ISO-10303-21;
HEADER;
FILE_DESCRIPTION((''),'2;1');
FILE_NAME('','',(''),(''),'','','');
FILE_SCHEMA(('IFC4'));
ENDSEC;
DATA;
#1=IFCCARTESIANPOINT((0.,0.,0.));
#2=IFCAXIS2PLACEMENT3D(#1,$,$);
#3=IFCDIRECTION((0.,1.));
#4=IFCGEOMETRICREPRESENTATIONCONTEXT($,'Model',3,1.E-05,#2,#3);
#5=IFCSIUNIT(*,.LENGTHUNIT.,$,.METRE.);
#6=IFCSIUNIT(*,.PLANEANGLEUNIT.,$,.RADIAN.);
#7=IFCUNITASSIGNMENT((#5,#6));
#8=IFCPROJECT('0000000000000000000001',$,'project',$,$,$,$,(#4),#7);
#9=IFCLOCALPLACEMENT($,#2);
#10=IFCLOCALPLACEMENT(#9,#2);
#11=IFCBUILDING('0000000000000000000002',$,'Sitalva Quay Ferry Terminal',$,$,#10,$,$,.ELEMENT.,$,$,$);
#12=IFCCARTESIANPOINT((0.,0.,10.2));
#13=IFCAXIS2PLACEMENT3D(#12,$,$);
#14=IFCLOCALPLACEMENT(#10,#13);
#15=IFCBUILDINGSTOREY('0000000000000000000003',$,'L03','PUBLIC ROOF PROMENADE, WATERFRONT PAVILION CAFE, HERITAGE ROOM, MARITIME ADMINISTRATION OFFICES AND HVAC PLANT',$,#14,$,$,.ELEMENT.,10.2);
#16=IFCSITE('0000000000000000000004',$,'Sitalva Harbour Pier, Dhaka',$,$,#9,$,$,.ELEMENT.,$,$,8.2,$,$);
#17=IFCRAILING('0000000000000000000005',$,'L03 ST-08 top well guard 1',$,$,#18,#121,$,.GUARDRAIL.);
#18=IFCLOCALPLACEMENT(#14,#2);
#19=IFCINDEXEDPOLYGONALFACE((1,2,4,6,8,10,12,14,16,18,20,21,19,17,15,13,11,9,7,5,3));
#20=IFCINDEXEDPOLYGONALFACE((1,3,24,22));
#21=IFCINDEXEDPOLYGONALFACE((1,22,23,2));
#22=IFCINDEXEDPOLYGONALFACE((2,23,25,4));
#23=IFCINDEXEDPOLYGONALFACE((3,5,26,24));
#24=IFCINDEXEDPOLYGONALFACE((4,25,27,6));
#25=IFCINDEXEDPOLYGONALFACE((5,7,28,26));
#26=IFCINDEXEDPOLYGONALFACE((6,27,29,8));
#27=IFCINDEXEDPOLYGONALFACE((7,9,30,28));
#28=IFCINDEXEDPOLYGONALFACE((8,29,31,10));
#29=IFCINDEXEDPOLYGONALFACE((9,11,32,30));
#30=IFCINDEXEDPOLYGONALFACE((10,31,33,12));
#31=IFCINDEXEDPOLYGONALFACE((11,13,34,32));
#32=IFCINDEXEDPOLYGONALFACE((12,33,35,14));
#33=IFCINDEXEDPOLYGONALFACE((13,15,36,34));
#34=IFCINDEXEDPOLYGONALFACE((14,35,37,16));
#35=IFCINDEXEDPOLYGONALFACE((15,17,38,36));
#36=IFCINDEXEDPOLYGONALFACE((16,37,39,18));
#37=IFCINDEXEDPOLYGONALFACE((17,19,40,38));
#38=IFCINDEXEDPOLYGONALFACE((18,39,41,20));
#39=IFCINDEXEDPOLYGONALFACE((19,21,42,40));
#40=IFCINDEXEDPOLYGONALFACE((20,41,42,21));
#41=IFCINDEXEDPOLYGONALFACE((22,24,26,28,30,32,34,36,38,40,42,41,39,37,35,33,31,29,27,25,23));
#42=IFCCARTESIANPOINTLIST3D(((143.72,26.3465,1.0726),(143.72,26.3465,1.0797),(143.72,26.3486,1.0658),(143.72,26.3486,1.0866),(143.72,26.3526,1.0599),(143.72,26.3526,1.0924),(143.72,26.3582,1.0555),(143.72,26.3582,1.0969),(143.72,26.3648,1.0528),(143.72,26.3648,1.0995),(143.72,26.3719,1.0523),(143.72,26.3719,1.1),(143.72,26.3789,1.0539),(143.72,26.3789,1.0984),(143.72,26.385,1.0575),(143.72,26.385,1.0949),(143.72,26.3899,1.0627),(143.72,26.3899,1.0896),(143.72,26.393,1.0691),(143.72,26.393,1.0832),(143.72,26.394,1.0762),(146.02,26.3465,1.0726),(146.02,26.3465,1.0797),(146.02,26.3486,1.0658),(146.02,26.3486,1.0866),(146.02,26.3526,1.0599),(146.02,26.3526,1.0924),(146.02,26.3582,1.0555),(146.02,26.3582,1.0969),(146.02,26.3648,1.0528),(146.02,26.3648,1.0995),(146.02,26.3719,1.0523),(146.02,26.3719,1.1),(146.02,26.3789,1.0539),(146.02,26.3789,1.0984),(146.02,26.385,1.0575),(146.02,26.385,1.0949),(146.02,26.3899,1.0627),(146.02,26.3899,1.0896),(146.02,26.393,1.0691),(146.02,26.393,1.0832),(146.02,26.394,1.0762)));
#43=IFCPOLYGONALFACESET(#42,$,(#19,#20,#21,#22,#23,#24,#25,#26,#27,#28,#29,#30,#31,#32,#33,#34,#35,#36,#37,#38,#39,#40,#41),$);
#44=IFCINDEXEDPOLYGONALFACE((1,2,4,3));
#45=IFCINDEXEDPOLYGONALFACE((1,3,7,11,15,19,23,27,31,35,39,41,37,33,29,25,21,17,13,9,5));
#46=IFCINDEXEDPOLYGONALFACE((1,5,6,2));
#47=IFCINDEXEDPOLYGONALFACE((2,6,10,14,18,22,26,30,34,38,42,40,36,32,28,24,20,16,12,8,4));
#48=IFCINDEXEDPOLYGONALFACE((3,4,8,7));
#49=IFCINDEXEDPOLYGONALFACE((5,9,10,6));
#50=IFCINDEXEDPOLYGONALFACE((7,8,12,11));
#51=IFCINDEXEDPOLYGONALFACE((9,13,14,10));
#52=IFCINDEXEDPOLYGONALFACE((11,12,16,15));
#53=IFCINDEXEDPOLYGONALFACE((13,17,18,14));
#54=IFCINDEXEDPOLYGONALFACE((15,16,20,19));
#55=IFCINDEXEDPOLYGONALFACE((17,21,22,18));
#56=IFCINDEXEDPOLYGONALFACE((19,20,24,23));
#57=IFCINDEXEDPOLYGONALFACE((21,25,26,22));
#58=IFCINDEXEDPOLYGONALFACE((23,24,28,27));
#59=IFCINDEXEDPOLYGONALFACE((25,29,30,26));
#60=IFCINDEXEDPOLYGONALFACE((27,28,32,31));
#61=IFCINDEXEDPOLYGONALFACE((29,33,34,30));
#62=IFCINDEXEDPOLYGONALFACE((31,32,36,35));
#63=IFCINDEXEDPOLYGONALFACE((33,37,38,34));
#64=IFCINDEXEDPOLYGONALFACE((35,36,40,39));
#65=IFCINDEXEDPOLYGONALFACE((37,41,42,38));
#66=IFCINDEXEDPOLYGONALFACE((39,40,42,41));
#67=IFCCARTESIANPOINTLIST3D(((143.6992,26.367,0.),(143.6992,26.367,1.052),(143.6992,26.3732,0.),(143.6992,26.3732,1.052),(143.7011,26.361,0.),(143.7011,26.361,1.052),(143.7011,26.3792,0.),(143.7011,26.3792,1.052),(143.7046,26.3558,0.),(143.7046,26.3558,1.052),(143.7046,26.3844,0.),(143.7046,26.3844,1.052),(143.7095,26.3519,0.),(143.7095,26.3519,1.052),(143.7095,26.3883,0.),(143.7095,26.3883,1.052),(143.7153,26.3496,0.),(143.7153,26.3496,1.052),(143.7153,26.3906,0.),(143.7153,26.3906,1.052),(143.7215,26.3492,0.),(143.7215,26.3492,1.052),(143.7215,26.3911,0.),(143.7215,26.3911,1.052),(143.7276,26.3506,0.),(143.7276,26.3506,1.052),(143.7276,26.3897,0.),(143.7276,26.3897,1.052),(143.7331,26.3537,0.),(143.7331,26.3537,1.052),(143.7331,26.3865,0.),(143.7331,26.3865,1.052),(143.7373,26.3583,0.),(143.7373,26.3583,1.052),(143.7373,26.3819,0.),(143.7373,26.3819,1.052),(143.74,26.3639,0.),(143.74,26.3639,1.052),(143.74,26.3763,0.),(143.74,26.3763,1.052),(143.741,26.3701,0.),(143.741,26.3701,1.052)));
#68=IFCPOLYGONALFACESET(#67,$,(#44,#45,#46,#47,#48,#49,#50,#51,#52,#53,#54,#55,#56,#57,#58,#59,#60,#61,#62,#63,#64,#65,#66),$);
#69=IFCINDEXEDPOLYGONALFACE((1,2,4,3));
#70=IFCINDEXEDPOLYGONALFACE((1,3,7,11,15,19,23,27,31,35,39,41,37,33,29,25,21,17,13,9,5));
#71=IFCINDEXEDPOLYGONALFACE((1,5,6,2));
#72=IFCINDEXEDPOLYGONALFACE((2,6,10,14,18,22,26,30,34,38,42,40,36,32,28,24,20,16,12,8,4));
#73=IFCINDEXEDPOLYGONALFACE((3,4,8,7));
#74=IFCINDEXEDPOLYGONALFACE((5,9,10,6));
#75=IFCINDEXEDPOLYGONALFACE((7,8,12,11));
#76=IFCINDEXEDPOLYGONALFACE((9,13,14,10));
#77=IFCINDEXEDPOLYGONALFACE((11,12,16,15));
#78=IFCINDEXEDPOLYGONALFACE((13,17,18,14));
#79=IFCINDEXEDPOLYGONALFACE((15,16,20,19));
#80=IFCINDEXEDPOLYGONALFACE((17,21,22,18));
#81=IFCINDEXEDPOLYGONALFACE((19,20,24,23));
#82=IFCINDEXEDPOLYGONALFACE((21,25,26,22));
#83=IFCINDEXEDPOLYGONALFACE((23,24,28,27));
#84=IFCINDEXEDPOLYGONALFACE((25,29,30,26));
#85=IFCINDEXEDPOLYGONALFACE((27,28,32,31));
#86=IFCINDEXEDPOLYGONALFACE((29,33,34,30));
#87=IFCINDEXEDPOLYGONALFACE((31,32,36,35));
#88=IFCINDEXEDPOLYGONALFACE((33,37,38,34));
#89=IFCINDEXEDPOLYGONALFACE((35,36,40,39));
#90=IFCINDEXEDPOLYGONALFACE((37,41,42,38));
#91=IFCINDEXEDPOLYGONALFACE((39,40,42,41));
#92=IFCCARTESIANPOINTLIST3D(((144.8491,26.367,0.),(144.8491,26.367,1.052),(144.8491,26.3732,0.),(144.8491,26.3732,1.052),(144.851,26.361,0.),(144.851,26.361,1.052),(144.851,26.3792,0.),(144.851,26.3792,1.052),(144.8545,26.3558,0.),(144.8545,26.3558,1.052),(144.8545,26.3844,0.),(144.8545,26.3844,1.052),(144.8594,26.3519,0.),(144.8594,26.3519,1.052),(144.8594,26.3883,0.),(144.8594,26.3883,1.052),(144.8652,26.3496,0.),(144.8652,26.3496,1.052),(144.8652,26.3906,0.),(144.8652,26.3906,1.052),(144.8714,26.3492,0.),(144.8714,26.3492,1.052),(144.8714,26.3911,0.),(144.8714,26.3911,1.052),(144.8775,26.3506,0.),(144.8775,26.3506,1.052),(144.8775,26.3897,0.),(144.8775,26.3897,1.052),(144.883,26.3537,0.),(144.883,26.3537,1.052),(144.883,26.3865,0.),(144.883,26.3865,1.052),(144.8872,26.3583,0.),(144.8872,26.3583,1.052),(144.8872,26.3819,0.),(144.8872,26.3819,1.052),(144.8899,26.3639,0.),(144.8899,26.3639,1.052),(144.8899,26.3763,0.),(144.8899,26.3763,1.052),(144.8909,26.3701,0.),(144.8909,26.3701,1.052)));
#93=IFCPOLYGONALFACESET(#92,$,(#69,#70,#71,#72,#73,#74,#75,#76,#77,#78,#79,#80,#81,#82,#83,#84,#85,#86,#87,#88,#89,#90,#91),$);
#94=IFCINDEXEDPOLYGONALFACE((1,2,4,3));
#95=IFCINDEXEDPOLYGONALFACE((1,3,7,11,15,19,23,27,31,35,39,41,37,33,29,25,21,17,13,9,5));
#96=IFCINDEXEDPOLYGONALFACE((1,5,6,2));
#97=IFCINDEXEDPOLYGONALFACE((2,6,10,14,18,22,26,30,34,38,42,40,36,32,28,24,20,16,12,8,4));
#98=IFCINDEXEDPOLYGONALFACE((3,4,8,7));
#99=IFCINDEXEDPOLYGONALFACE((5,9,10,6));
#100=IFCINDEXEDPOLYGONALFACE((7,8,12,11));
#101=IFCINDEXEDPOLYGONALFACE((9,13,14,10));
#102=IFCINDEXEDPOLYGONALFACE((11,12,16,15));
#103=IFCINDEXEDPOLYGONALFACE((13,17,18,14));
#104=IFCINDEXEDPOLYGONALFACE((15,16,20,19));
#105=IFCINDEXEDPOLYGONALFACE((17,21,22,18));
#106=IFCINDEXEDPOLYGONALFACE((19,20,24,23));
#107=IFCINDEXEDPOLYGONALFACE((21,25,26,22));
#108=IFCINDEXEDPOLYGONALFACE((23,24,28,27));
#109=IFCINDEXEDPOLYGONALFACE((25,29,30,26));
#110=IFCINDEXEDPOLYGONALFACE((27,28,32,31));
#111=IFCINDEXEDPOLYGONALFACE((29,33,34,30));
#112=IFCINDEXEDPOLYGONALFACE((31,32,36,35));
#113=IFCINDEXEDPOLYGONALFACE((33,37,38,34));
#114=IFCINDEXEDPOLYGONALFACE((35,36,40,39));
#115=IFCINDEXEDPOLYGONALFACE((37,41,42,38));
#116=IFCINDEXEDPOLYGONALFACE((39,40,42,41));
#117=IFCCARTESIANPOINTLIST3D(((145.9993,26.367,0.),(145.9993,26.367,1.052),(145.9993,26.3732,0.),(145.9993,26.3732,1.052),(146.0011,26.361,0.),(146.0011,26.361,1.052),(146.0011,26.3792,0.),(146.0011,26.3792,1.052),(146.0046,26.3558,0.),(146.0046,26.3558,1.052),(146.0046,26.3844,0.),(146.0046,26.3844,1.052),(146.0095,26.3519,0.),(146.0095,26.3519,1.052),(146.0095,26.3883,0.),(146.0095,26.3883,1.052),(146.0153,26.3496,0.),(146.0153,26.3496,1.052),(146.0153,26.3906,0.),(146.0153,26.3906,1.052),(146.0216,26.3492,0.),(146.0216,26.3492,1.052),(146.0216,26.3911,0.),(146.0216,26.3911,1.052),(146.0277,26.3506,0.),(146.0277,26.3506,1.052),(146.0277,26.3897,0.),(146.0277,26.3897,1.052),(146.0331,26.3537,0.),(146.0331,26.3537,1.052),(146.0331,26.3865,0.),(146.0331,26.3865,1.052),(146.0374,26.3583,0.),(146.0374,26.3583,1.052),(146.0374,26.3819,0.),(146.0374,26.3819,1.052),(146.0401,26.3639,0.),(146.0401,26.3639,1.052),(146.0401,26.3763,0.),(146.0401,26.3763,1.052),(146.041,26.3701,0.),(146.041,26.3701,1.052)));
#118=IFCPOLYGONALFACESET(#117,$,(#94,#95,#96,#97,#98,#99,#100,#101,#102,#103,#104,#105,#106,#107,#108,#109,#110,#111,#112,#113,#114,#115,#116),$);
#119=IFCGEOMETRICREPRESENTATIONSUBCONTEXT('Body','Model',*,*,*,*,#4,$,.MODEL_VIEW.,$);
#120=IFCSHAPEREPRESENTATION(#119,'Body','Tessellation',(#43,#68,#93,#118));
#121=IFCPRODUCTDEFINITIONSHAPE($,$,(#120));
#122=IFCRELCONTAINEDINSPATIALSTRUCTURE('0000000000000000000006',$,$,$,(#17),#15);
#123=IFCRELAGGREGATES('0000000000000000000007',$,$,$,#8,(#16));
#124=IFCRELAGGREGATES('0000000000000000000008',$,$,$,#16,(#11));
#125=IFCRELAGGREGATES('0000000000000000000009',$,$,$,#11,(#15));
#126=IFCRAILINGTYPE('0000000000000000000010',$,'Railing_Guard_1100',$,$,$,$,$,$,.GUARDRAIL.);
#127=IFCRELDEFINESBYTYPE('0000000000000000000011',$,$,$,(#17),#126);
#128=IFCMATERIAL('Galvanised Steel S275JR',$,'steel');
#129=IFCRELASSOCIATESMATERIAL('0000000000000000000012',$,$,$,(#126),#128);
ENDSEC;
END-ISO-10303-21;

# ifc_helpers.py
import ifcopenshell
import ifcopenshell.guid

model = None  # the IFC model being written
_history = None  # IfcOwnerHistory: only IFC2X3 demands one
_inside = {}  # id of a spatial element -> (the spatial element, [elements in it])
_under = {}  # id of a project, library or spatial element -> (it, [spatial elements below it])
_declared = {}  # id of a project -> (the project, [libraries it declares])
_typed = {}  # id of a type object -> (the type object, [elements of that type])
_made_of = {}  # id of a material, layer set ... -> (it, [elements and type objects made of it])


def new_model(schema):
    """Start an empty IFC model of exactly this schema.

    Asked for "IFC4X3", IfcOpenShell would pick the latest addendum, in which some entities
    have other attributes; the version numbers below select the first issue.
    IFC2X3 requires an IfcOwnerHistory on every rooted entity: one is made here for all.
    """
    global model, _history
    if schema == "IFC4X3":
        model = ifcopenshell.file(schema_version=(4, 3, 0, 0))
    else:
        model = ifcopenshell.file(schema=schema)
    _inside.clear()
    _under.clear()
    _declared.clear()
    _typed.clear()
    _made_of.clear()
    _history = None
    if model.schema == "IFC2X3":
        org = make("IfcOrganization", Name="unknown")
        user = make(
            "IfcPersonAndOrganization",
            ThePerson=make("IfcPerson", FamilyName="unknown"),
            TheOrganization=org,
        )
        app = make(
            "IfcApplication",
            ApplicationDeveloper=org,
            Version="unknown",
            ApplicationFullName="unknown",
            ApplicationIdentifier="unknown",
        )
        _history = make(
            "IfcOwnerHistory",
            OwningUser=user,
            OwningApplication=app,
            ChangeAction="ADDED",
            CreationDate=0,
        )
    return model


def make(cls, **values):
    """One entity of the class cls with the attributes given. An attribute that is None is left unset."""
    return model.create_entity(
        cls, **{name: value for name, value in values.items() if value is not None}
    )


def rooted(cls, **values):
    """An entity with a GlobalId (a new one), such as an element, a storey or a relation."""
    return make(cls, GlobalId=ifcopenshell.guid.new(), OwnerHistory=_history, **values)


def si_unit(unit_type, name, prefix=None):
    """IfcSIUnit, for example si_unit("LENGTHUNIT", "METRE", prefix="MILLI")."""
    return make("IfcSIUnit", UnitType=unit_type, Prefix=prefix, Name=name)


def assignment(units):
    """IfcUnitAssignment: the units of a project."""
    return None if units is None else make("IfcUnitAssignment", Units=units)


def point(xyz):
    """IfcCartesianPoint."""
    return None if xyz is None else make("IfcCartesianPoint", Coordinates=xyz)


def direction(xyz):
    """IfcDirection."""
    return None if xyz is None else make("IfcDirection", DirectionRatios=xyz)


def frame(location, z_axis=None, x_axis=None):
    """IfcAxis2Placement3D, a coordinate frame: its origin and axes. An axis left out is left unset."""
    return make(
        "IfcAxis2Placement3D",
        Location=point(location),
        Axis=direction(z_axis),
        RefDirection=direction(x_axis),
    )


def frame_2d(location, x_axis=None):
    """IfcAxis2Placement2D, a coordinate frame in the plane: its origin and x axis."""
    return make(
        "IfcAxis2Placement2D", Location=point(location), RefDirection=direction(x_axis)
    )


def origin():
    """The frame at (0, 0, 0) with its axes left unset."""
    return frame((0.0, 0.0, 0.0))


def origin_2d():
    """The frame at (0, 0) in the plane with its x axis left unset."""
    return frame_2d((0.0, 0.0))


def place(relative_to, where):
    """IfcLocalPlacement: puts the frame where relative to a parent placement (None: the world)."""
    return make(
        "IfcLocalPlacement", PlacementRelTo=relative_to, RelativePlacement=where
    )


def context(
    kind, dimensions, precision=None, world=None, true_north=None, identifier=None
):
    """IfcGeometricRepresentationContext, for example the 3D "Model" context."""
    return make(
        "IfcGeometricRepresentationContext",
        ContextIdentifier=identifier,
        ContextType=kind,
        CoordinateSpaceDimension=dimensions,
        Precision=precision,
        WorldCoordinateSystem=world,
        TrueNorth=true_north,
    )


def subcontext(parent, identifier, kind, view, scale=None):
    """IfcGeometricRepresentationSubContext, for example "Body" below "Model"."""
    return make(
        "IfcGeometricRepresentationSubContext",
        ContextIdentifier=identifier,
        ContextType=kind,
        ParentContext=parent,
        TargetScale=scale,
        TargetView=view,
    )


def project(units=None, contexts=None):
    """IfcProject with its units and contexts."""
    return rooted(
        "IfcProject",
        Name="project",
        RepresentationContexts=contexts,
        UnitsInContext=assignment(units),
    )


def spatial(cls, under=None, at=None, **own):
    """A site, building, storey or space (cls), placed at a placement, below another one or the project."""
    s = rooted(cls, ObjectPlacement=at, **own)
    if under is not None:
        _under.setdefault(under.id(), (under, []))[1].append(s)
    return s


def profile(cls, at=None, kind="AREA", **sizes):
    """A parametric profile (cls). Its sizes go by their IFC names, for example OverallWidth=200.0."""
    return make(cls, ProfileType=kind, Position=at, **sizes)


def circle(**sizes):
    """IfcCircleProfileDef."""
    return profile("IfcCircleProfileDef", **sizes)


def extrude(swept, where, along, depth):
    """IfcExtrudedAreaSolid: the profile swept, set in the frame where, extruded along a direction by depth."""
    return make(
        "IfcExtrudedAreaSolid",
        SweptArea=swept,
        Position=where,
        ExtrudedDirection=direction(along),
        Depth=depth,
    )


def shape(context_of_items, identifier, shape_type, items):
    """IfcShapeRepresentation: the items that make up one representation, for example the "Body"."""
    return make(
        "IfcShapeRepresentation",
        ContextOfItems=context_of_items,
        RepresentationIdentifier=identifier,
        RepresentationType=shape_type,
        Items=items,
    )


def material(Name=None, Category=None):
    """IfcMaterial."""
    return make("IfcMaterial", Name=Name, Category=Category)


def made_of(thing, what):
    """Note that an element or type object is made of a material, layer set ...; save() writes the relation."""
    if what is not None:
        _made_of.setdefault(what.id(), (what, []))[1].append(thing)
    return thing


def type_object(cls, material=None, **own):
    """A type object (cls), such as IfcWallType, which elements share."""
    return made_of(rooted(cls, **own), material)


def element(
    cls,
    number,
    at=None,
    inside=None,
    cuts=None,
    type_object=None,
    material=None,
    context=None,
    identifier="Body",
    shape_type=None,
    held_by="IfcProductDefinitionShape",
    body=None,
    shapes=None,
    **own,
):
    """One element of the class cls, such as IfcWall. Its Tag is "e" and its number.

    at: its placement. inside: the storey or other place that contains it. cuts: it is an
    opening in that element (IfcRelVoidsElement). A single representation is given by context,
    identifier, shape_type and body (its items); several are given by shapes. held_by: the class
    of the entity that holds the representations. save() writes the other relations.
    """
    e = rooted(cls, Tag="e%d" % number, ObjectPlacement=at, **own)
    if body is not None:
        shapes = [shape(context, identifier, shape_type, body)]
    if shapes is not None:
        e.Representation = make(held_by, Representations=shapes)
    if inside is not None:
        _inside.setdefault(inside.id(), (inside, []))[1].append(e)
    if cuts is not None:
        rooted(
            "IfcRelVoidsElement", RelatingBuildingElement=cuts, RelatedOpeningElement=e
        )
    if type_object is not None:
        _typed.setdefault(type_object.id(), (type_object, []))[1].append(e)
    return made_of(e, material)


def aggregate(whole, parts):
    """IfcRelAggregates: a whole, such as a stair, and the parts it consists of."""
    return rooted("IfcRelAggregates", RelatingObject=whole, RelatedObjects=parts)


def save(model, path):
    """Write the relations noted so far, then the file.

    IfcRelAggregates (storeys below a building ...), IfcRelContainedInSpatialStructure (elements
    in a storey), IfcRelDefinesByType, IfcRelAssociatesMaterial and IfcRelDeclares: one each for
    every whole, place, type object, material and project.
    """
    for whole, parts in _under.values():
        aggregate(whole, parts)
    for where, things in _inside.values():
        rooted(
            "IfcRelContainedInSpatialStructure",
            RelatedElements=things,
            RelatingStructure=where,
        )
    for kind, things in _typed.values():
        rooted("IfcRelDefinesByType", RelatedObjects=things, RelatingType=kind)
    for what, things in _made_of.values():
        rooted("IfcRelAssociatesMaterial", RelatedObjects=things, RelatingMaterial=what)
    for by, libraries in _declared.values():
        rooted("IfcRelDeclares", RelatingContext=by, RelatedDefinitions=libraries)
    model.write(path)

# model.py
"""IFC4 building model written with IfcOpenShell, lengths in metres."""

from ifc_helpers import new_model, si_unit, direction, frame, origin, origin_2d, place, context, subcontext, project, spatial, circle, extrude, material, type_object, element, save


model = new_model("IFC4")

# Units and contexts
model_context = context("Model", 3, precision=1e-05, world=origin(), true_north=direction((0.0, 1.0)))
body_context = subcontext(model_context, "Body", "Model", "MODEL_VIEW")
ifc_project = project(units=[si_unit("LENGTHUNIT", "METRE"), si_unit("PLANEANGLEUNIT", "RADIAN")], contexts=[model_context])

# Site, building, storey
site_placement = place(None, origin())
site = spatial("IfcSite", under=ifc_project, at=site_placement, Name="Sitalva Harbour Pier, Dhaka", CompositionType="ELEMENT", RefElevation=8.2)
building_placement = place(site_placement, origin())
building = spatial("IfcBuilding", under=site, at=building_placement, Name="Sitalva Quay Ferry Terminal", CompositionType="ELEMENT")
storey_placement = place(building_placement, frame((0.0, 0.0, 10.2)))
storey = spatial("IfcBuildingStorey", under=building, at=storey_placement, Name="L03", Description="PUBLIC ROOF PROMENADE, WATERFRONT PAVILION CAFE, HERITAGE ROOM, MARITIME ADMINISTRATION OFFICES AND HVAC PLANT", CompositionType="ELEMENT", Elevation=10.2)

# Railing
ifc_material_1 = material(Name="Galvanised Steel S275JR", Category="steel")
railing_type_1 = type_object("IfcRailingType", Name="Railing_Guard_1100", PredefinedType="GUARDRAIL", material=ifc_material_1)
railing_1_placement = place(storey_placement, frame((143.72, 26.3701, 0.0)))
element("IfcRailing", 1, at=railing_1_placement, inside=storey, type_object=railing_type_1, Name="L03 ST-08 top well guard 1", PredefinedType="GUARDRAIL", context=body_context, shape_type="SweptSolid", body=[
    extrude(circle(Radius=0.0239, at=origin_2d()), frame((0.0, 0.0, 1.0762), z_axis=(1.0, 0.0, 0.0), x_axis=(0.0, 1.0, 0.0)), (0.0, 0.0, 1.0), 2.3),
    extrude(circle(Radius=0.021, at=origin_2d()), origin(), (0.0, 0.0, 1.0), 1.052),
    extrude(circle(Radius=0.021, at=origin_2d()), frame((1.1499, 0.0, 0.0)), (0.0, 0.0, 1.0), 1.052),
    extrude(circle(Radius=0.021, at=origin_2d()), frame((2.3, 0.0, 0.0)), (0.0, 0.0, 1.0), 1.052),
])

save(model, "model.ifc")
